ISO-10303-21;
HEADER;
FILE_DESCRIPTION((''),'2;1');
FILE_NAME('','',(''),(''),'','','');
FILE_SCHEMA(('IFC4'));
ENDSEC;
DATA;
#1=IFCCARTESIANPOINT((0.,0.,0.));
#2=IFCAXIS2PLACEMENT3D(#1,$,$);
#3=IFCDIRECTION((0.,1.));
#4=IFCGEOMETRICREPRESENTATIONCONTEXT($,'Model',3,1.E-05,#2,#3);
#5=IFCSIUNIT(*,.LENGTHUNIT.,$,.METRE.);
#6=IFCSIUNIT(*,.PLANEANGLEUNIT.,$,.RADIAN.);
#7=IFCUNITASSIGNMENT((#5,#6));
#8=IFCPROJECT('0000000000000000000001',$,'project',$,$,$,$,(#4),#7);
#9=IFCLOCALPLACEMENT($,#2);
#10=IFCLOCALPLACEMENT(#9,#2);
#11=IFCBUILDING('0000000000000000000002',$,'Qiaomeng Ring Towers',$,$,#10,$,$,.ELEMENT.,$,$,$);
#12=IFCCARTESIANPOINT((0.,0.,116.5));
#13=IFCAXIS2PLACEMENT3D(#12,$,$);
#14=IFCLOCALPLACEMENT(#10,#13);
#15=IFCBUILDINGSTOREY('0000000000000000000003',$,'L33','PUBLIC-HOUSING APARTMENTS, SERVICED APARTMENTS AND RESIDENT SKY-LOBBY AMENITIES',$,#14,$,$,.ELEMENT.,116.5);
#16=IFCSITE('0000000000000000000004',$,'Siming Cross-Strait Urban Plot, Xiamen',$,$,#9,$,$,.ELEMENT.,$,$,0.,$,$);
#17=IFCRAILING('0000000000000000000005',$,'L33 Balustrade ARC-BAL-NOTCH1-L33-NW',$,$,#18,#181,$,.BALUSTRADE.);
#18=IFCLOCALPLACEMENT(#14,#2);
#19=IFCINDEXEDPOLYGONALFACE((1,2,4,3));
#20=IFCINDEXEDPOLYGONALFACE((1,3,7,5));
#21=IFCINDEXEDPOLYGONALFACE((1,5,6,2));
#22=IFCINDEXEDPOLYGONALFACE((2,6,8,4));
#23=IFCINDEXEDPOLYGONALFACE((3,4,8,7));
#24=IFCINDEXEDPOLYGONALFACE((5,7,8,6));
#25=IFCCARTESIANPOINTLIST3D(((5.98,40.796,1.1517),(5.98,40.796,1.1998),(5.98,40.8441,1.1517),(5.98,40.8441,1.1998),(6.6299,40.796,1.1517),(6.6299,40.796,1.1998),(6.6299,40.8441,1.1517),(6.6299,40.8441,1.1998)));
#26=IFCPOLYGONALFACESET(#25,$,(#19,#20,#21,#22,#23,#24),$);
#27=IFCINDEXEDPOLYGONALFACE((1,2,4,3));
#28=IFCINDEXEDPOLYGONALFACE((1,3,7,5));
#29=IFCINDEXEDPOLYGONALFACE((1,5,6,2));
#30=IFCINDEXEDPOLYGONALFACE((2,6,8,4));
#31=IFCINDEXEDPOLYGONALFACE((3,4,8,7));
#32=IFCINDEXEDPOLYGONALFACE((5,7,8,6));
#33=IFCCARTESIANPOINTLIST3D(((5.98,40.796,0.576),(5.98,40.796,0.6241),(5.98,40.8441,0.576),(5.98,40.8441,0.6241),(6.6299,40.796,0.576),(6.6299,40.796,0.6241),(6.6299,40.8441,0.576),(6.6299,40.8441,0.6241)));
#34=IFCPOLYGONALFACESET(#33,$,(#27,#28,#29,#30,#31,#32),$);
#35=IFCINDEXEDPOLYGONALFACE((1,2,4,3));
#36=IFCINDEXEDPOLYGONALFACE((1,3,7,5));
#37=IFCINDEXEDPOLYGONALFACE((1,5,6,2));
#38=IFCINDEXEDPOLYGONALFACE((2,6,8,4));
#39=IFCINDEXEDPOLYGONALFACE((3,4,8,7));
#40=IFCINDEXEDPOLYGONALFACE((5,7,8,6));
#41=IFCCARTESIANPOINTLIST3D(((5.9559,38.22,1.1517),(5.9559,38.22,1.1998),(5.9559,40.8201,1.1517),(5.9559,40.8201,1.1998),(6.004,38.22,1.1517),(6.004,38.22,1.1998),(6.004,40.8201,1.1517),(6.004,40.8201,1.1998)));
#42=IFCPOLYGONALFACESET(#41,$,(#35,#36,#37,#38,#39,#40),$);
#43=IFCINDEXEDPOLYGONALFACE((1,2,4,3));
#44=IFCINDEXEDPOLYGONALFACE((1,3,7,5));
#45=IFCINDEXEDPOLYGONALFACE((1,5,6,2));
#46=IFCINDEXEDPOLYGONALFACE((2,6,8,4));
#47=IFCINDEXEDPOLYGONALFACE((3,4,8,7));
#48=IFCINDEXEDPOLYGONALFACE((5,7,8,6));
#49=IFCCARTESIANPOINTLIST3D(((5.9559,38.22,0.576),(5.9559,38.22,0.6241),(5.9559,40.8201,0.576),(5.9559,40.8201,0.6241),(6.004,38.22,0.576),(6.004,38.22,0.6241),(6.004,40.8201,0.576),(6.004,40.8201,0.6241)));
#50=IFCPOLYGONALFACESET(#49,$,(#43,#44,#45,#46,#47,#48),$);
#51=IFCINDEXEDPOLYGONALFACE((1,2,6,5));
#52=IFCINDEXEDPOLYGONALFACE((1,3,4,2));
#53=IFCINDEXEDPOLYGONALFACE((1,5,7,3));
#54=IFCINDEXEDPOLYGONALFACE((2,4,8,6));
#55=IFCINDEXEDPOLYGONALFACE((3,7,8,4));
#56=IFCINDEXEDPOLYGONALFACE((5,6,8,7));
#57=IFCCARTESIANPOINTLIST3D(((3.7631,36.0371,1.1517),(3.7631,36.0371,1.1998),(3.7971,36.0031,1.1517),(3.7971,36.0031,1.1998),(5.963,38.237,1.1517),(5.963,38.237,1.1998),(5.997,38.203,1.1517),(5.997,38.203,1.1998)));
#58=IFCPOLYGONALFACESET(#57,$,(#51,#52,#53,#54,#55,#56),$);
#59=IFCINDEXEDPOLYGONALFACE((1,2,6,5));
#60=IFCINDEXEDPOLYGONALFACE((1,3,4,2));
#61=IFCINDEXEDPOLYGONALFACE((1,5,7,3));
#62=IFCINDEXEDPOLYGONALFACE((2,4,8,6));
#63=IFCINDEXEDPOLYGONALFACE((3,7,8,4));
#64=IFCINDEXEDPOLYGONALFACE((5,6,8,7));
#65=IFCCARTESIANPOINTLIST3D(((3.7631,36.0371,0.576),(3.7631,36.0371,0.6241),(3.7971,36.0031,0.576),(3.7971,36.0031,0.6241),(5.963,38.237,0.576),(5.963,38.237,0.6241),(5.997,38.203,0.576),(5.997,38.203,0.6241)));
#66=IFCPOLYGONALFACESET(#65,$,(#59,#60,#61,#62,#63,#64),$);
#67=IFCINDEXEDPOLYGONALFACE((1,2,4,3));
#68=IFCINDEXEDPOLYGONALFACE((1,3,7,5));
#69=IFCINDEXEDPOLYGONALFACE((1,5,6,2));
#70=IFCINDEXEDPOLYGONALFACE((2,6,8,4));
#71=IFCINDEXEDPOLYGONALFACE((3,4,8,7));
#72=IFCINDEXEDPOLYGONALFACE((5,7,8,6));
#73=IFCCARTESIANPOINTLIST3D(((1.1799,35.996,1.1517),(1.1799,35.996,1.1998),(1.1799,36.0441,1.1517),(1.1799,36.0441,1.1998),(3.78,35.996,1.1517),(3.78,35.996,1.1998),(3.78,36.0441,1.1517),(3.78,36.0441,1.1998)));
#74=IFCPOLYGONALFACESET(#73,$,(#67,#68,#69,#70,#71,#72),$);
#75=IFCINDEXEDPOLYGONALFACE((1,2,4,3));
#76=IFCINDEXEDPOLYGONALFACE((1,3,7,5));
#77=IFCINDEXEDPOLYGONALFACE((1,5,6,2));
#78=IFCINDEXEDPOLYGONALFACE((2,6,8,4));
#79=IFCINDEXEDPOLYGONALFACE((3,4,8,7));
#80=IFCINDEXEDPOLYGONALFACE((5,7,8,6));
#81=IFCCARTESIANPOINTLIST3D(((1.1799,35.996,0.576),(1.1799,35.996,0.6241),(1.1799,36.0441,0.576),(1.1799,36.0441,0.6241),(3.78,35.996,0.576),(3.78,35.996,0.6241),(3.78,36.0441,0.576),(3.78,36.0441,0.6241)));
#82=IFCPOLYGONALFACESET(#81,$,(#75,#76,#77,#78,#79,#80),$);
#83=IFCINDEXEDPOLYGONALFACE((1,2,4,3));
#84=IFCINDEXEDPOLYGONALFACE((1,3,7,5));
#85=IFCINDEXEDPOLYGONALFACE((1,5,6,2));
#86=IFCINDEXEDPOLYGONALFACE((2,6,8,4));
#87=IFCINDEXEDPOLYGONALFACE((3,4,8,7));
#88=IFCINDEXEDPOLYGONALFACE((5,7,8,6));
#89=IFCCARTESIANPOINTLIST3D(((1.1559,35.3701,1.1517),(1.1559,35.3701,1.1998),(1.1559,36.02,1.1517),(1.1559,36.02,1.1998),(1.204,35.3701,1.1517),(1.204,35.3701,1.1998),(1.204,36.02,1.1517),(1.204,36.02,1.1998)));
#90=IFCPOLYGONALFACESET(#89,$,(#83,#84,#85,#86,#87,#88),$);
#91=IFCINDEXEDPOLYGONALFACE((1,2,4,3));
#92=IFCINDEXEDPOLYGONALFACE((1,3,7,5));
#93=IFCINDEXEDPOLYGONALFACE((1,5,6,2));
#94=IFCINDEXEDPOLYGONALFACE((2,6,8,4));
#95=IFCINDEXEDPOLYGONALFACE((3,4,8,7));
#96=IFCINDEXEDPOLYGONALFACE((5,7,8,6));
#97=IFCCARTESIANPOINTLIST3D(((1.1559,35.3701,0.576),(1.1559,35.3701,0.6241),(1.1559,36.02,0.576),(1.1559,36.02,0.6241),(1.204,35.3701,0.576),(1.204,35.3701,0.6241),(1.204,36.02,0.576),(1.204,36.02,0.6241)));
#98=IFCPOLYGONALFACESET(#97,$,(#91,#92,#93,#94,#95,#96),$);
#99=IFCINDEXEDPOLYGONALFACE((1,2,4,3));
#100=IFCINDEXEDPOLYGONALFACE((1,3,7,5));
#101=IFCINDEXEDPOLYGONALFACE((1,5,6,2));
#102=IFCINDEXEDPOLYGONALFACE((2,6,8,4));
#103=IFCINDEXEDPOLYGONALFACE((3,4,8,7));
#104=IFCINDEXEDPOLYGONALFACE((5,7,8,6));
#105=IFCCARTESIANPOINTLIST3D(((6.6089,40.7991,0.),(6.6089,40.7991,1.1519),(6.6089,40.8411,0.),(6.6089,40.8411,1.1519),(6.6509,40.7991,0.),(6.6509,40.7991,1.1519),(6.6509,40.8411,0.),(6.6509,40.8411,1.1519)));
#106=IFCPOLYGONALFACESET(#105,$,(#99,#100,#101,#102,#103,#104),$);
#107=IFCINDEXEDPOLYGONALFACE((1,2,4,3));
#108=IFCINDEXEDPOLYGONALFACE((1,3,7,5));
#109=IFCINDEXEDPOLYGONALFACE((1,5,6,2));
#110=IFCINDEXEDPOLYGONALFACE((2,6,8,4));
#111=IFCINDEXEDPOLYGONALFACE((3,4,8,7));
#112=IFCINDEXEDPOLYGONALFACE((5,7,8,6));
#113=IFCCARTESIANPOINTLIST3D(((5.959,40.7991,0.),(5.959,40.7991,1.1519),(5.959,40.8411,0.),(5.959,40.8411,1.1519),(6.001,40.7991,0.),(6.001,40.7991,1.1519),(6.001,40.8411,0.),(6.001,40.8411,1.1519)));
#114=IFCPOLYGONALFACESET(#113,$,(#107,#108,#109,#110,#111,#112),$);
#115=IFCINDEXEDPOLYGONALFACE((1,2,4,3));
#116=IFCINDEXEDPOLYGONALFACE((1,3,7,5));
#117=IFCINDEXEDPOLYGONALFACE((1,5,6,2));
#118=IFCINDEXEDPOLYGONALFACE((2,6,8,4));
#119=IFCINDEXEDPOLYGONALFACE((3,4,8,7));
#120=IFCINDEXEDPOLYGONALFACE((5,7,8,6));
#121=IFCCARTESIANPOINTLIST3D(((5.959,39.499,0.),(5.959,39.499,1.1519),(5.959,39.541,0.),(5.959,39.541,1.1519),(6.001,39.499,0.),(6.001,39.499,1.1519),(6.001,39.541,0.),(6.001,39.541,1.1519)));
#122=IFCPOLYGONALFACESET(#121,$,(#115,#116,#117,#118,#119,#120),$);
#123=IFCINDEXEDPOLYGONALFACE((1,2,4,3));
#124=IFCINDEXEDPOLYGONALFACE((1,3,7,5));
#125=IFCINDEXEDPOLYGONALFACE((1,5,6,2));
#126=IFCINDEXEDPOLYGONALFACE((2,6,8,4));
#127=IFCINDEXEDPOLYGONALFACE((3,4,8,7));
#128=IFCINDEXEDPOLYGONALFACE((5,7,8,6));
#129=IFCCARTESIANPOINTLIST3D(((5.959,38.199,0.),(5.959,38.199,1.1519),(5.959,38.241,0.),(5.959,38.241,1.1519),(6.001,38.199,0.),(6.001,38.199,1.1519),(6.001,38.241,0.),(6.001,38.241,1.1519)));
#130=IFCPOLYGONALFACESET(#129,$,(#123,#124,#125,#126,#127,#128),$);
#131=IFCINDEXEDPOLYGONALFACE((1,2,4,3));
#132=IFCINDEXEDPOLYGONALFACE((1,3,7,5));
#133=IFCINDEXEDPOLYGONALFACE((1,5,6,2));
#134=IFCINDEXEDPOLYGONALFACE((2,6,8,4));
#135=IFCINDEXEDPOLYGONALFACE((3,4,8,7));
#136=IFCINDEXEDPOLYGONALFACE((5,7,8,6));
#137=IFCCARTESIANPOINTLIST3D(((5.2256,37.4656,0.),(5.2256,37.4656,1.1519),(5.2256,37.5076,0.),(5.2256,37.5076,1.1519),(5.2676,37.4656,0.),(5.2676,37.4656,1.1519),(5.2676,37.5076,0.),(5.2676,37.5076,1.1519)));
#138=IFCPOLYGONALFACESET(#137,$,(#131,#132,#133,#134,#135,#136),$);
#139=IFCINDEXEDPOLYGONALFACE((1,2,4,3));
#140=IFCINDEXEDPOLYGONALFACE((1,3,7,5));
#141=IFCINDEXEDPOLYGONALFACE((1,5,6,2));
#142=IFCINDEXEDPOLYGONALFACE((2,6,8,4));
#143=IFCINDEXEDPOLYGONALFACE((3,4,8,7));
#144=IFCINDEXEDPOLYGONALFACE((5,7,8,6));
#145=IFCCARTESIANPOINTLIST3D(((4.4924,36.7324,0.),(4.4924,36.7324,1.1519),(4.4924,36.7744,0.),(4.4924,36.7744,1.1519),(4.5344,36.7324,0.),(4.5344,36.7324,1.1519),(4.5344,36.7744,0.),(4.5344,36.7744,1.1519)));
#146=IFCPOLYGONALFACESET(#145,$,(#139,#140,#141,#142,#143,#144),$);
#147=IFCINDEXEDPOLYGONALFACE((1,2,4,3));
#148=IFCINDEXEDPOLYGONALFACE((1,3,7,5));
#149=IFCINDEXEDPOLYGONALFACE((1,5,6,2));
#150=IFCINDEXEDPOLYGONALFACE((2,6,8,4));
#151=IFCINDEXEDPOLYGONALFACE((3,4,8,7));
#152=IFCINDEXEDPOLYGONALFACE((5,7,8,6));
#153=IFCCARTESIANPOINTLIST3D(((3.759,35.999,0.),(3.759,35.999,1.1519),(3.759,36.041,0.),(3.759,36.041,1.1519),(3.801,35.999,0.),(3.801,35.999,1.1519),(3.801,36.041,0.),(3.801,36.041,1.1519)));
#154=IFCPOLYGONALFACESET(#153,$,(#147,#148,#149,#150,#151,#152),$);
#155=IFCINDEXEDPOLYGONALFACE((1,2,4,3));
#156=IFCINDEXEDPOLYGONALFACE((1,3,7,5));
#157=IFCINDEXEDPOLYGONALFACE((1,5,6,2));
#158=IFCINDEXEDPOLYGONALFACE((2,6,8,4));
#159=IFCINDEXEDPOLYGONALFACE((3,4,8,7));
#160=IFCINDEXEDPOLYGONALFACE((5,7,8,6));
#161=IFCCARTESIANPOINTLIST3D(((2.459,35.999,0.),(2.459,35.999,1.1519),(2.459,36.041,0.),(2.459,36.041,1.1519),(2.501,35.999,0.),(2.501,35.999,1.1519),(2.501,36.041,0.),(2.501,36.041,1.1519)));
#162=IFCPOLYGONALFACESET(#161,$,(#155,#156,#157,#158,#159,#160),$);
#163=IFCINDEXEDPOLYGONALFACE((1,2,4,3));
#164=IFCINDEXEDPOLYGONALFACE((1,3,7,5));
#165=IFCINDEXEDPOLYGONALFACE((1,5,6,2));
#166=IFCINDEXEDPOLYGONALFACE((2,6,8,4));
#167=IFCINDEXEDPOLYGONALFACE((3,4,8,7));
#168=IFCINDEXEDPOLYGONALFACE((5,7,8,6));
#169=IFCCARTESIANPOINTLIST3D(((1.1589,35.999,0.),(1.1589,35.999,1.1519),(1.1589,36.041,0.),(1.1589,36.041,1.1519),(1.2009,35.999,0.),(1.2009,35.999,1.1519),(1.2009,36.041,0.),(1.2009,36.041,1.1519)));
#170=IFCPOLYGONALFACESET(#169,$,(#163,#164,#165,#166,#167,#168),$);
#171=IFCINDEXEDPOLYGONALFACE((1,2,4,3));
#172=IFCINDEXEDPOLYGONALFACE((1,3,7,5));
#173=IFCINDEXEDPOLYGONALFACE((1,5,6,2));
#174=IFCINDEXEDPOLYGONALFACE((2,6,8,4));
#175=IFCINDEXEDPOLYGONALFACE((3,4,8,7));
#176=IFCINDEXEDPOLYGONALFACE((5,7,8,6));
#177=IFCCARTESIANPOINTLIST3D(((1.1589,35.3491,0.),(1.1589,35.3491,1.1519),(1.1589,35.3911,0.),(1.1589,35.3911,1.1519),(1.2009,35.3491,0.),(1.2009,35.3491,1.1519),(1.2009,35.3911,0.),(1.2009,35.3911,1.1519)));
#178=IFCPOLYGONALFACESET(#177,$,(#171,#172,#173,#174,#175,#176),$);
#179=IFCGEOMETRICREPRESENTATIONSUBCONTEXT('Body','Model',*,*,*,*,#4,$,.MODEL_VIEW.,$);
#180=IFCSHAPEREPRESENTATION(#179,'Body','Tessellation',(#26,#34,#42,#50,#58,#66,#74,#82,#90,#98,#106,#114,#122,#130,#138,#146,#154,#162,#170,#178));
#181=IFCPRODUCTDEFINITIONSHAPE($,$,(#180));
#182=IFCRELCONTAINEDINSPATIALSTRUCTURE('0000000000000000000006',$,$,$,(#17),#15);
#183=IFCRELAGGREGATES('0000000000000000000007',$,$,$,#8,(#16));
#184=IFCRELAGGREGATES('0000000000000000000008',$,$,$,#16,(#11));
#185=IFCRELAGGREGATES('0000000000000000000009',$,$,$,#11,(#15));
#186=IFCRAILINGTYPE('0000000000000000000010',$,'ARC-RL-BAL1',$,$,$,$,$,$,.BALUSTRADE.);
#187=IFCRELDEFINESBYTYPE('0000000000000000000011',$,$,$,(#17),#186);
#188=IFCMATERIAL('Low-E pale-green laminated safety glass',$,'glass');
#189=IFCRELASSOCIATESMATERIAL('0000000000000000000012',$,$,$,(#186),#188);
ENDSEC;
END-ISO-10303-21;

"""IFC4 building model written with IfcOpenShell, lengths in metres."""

from ifc_helpers import new_model, si_unit, direction, frame, origin, origin_2d, place, context, subcontext, project, spatial, rectangle, extrude, material, type_object, element, save


model = new_model("IFC4")

# Units and contexts
model_context = context("Model", 3, precision=1e-05, world=origin(), true_north=direction((0.0, 1.0)))
body_context = subcontext(model_context, "Body", "Model", "MODEL_VIEW")
ifc_project = project(units=[si_unit("LENGTHUNIT", "METRE"), si_unit("PLANEANGLEUNIT", "RADIAN")], contexts=[model_context])

# Site, building, storey
site_placement = place(None, origin())
site = spatial("IfcSite", under=ifc_project, at=site_placement, Name="Siming Cross-Strait Urban Plot, Xiamen", CompositionType="ELEMENT", RefElevation=0.0)
building_placement = place(site_placement, origin())
building = spatial("IfcBuilding", under=site, at=building_placement, Name="Qiaomeng Ring Towers", CompositionType="ELEMENT")
storey_placement = place(building_placement, frame((0.0, 0.0, 116.5)))
storey = spatial("IfcBuildingStorey", under=building, at=storey_placement, Name="L33", Description="PUBLIC-HOUSING APARTMENTS, SERVICED APARTMENTS AND RESIDENT SKY-LOBBY AMENITIES", CompositionType="ELEMENT", Elevation=116.5)

# Railing
ifc_material_1 = material(Name="Low-E pale-green laminated safety glass", Category="glass")
railing_type = type_object("IfcRailingType", Name="ARC-RL-BAL1", PredefinedType="BALUSTRADE", material=ifc_material_1)
railing_placement = place(storey_placement, frame((6.6299, 40.8201, 0.0)))
element("IfcRailing", 1, at=railing_placement, inside=storey, type_object=railing_type, Name="L33 Balustrade ARC-BAL-NOTCH1-L33-NW", PredefinedType="BALUSTRADE", context=body_context, shape_type="SweptSolid", body=[
    extrude(rectangle(XDim=0.0481, YDim=0.0481, at=origin_2d()), frame((0.0, 0.0, 1.1758), z_axis=(-1.0, 0.0, 0.0), x_axis=(0.0, -1.0, 0.0)), (0.0, 0.0, 1.0), 0.6499),
    extrude(rectangle(XDim=0.0481, YDim=0.0481, at=origin_2d()), frame((0.0, 0.0, 0.6001), z_axis=(-1.0, 0.0, 0.0), x_axis=(0.0, -1.0, 0.0)), (0.0, 0.0, 1.0), 0.6499),
    extrude(rectangle(XDim=0.0481, YDim=0.0481, at=origin_2d()), frame((-0.6499, 0.0, 1.1758), z_axis=(0.0, -1.0, 0.0), x_axis=(1.0, 0.0, 0.0)), (0.0, 0.0, 1.0), 2.6001),
    extrude(rectangle(XDim=0.0481, YDim=0.0481, at=origin_2d()), frame((-0.6499, 0.0, 0.6001), z_axis=(0.0, -1.0, 0.0), x_axis=(1.0, 0.0, 0.0)), (0.0, 0.0, 1.0), 2.6001),
    extrude(rectangle(XDim=0.0481, YDim=0.0481, at=origin_2d()), frame((-0.6499, -2.6001, 1.1758), z_axis=(-0.707107, -0.707107, 0.0), x_axis=(0.707107, -0.707107, 0.0)), (0.0, 0.0, 1.0), 3.1111),
    extrude(rectangle(XDim=0.0481, YDim=0.0481, at=origin_2d()), frame((-0.6499, -2.6001, 0.6001), z_axis=(-0.707107, -0.707107, 0.0), x_axis=(0.707107, -0.707107, 0.0)), (0.0, 0.0, 1.0), 3.1111),
    extrude(rectangle(XDim=0.0481, YDim=0.0481, at=origin_2d()), frame((-2.8499, -4.8, 1.1758), z_axis=(-1.0, 0.0, 0.0), x_axis=(0.0, -1.0, 0.0)), (0.0, 0.0, 1.0), 2.6001),
    extrude(rectangle(XDim=0.0481, YDim=0.0481, at=origin_2d()), frame((-2.8499, -4.8, 0.6001), z_axis=(-1.0, 0.0, 0.0), x_axis=(0.0, -1.0, 0.0)), (0.0, 0.0, 1.0), 2.6001),
    extrude(rectangle(XDim=0.0481, YDim=0.0481, at=origin_2d()), frame((-5.45, -4.8, 1.1758), z_axis=(0.0, -1.0, 0.0), x_axis=(1.0, 0.0, 0.0)), (0.0, 0.0, 1.0), 0.6499),
    extrude(rectangle(XDim=0.0481, YDim=0.0481, at=origin_2d()), frame((-5.45, -4.8, 0.6001), z_axis=(0.0, -1.0, 0.0), x_axis=(1.0, 0.0, 0.0)), (0.0, 0.0, 1.0), 0.6499),
    extrude(rectangle(XDim=0.042, YDim=0.042, at=origin_2d()), origin(), (0.0, 0.0, 1.0), 1.1519),
    extrude(rectangle(XDim=0.042, YDim=0.042, at=origin_2d()), frame((-0.6499, 0.0, 0.0)), (0.0, 0.0, 1.0), 1.1519),
    extrude(rectangle(XDim=0.042, YDim=0.042, at=origin_2d()), frame((-0.6499, -1.3, 0.0)), (0.0, 0.0, 1.0), 1.1519),
    extrude(rectangle(XDim=0.042, YDim=0.042, at=origin_2d()), frame((-0.6499, -2.6001, 0.0)), (0.0, 0.0, 1.0), 1.1519),
    extrude(rectangle(XDim=0.042, YDim=0.042, at=origin_2d()), frame((-1.3833, -3.3335, 0.0)), (0.0, 0.0, 1.0), 1.1519),
    extrude(rectangle(XDim=0.042, YDim=0.042, at=origin_2d()), frame((-2.1165, -4.0667, 0.0)), (0.0, 0.0, 1.0), 1.1519),
    extrude(rectangle(XDim=0.042, YDim=0.042, at=origin_2d()), frame((-2.8499, -4.8, 0.0)), (0.0, 0.0, 1.0), 1.1519),
    extrude(rectangle(XDim=0.042, YDim=0.042, at=origin_2d()), frame((-4.1499, -4.8, 0.0)), (0.0, 0.0, 1.0), 1.1519),
    extrude(rectangle(XDim=0.042, YDim=0.042, at=origin_2d()), frame((-5.45, -4.8, 0.0)), (0.0, 0.0, 1.0), 1.1519),
    extrude(rectangle(XDim=0.042, YDim=0.042, at=origin_2d()), frame((-5.45, -5.45, 0.0)), (0.0, 0.0, 1.0), 1.1519),
])

save(model, "model.ifc")
